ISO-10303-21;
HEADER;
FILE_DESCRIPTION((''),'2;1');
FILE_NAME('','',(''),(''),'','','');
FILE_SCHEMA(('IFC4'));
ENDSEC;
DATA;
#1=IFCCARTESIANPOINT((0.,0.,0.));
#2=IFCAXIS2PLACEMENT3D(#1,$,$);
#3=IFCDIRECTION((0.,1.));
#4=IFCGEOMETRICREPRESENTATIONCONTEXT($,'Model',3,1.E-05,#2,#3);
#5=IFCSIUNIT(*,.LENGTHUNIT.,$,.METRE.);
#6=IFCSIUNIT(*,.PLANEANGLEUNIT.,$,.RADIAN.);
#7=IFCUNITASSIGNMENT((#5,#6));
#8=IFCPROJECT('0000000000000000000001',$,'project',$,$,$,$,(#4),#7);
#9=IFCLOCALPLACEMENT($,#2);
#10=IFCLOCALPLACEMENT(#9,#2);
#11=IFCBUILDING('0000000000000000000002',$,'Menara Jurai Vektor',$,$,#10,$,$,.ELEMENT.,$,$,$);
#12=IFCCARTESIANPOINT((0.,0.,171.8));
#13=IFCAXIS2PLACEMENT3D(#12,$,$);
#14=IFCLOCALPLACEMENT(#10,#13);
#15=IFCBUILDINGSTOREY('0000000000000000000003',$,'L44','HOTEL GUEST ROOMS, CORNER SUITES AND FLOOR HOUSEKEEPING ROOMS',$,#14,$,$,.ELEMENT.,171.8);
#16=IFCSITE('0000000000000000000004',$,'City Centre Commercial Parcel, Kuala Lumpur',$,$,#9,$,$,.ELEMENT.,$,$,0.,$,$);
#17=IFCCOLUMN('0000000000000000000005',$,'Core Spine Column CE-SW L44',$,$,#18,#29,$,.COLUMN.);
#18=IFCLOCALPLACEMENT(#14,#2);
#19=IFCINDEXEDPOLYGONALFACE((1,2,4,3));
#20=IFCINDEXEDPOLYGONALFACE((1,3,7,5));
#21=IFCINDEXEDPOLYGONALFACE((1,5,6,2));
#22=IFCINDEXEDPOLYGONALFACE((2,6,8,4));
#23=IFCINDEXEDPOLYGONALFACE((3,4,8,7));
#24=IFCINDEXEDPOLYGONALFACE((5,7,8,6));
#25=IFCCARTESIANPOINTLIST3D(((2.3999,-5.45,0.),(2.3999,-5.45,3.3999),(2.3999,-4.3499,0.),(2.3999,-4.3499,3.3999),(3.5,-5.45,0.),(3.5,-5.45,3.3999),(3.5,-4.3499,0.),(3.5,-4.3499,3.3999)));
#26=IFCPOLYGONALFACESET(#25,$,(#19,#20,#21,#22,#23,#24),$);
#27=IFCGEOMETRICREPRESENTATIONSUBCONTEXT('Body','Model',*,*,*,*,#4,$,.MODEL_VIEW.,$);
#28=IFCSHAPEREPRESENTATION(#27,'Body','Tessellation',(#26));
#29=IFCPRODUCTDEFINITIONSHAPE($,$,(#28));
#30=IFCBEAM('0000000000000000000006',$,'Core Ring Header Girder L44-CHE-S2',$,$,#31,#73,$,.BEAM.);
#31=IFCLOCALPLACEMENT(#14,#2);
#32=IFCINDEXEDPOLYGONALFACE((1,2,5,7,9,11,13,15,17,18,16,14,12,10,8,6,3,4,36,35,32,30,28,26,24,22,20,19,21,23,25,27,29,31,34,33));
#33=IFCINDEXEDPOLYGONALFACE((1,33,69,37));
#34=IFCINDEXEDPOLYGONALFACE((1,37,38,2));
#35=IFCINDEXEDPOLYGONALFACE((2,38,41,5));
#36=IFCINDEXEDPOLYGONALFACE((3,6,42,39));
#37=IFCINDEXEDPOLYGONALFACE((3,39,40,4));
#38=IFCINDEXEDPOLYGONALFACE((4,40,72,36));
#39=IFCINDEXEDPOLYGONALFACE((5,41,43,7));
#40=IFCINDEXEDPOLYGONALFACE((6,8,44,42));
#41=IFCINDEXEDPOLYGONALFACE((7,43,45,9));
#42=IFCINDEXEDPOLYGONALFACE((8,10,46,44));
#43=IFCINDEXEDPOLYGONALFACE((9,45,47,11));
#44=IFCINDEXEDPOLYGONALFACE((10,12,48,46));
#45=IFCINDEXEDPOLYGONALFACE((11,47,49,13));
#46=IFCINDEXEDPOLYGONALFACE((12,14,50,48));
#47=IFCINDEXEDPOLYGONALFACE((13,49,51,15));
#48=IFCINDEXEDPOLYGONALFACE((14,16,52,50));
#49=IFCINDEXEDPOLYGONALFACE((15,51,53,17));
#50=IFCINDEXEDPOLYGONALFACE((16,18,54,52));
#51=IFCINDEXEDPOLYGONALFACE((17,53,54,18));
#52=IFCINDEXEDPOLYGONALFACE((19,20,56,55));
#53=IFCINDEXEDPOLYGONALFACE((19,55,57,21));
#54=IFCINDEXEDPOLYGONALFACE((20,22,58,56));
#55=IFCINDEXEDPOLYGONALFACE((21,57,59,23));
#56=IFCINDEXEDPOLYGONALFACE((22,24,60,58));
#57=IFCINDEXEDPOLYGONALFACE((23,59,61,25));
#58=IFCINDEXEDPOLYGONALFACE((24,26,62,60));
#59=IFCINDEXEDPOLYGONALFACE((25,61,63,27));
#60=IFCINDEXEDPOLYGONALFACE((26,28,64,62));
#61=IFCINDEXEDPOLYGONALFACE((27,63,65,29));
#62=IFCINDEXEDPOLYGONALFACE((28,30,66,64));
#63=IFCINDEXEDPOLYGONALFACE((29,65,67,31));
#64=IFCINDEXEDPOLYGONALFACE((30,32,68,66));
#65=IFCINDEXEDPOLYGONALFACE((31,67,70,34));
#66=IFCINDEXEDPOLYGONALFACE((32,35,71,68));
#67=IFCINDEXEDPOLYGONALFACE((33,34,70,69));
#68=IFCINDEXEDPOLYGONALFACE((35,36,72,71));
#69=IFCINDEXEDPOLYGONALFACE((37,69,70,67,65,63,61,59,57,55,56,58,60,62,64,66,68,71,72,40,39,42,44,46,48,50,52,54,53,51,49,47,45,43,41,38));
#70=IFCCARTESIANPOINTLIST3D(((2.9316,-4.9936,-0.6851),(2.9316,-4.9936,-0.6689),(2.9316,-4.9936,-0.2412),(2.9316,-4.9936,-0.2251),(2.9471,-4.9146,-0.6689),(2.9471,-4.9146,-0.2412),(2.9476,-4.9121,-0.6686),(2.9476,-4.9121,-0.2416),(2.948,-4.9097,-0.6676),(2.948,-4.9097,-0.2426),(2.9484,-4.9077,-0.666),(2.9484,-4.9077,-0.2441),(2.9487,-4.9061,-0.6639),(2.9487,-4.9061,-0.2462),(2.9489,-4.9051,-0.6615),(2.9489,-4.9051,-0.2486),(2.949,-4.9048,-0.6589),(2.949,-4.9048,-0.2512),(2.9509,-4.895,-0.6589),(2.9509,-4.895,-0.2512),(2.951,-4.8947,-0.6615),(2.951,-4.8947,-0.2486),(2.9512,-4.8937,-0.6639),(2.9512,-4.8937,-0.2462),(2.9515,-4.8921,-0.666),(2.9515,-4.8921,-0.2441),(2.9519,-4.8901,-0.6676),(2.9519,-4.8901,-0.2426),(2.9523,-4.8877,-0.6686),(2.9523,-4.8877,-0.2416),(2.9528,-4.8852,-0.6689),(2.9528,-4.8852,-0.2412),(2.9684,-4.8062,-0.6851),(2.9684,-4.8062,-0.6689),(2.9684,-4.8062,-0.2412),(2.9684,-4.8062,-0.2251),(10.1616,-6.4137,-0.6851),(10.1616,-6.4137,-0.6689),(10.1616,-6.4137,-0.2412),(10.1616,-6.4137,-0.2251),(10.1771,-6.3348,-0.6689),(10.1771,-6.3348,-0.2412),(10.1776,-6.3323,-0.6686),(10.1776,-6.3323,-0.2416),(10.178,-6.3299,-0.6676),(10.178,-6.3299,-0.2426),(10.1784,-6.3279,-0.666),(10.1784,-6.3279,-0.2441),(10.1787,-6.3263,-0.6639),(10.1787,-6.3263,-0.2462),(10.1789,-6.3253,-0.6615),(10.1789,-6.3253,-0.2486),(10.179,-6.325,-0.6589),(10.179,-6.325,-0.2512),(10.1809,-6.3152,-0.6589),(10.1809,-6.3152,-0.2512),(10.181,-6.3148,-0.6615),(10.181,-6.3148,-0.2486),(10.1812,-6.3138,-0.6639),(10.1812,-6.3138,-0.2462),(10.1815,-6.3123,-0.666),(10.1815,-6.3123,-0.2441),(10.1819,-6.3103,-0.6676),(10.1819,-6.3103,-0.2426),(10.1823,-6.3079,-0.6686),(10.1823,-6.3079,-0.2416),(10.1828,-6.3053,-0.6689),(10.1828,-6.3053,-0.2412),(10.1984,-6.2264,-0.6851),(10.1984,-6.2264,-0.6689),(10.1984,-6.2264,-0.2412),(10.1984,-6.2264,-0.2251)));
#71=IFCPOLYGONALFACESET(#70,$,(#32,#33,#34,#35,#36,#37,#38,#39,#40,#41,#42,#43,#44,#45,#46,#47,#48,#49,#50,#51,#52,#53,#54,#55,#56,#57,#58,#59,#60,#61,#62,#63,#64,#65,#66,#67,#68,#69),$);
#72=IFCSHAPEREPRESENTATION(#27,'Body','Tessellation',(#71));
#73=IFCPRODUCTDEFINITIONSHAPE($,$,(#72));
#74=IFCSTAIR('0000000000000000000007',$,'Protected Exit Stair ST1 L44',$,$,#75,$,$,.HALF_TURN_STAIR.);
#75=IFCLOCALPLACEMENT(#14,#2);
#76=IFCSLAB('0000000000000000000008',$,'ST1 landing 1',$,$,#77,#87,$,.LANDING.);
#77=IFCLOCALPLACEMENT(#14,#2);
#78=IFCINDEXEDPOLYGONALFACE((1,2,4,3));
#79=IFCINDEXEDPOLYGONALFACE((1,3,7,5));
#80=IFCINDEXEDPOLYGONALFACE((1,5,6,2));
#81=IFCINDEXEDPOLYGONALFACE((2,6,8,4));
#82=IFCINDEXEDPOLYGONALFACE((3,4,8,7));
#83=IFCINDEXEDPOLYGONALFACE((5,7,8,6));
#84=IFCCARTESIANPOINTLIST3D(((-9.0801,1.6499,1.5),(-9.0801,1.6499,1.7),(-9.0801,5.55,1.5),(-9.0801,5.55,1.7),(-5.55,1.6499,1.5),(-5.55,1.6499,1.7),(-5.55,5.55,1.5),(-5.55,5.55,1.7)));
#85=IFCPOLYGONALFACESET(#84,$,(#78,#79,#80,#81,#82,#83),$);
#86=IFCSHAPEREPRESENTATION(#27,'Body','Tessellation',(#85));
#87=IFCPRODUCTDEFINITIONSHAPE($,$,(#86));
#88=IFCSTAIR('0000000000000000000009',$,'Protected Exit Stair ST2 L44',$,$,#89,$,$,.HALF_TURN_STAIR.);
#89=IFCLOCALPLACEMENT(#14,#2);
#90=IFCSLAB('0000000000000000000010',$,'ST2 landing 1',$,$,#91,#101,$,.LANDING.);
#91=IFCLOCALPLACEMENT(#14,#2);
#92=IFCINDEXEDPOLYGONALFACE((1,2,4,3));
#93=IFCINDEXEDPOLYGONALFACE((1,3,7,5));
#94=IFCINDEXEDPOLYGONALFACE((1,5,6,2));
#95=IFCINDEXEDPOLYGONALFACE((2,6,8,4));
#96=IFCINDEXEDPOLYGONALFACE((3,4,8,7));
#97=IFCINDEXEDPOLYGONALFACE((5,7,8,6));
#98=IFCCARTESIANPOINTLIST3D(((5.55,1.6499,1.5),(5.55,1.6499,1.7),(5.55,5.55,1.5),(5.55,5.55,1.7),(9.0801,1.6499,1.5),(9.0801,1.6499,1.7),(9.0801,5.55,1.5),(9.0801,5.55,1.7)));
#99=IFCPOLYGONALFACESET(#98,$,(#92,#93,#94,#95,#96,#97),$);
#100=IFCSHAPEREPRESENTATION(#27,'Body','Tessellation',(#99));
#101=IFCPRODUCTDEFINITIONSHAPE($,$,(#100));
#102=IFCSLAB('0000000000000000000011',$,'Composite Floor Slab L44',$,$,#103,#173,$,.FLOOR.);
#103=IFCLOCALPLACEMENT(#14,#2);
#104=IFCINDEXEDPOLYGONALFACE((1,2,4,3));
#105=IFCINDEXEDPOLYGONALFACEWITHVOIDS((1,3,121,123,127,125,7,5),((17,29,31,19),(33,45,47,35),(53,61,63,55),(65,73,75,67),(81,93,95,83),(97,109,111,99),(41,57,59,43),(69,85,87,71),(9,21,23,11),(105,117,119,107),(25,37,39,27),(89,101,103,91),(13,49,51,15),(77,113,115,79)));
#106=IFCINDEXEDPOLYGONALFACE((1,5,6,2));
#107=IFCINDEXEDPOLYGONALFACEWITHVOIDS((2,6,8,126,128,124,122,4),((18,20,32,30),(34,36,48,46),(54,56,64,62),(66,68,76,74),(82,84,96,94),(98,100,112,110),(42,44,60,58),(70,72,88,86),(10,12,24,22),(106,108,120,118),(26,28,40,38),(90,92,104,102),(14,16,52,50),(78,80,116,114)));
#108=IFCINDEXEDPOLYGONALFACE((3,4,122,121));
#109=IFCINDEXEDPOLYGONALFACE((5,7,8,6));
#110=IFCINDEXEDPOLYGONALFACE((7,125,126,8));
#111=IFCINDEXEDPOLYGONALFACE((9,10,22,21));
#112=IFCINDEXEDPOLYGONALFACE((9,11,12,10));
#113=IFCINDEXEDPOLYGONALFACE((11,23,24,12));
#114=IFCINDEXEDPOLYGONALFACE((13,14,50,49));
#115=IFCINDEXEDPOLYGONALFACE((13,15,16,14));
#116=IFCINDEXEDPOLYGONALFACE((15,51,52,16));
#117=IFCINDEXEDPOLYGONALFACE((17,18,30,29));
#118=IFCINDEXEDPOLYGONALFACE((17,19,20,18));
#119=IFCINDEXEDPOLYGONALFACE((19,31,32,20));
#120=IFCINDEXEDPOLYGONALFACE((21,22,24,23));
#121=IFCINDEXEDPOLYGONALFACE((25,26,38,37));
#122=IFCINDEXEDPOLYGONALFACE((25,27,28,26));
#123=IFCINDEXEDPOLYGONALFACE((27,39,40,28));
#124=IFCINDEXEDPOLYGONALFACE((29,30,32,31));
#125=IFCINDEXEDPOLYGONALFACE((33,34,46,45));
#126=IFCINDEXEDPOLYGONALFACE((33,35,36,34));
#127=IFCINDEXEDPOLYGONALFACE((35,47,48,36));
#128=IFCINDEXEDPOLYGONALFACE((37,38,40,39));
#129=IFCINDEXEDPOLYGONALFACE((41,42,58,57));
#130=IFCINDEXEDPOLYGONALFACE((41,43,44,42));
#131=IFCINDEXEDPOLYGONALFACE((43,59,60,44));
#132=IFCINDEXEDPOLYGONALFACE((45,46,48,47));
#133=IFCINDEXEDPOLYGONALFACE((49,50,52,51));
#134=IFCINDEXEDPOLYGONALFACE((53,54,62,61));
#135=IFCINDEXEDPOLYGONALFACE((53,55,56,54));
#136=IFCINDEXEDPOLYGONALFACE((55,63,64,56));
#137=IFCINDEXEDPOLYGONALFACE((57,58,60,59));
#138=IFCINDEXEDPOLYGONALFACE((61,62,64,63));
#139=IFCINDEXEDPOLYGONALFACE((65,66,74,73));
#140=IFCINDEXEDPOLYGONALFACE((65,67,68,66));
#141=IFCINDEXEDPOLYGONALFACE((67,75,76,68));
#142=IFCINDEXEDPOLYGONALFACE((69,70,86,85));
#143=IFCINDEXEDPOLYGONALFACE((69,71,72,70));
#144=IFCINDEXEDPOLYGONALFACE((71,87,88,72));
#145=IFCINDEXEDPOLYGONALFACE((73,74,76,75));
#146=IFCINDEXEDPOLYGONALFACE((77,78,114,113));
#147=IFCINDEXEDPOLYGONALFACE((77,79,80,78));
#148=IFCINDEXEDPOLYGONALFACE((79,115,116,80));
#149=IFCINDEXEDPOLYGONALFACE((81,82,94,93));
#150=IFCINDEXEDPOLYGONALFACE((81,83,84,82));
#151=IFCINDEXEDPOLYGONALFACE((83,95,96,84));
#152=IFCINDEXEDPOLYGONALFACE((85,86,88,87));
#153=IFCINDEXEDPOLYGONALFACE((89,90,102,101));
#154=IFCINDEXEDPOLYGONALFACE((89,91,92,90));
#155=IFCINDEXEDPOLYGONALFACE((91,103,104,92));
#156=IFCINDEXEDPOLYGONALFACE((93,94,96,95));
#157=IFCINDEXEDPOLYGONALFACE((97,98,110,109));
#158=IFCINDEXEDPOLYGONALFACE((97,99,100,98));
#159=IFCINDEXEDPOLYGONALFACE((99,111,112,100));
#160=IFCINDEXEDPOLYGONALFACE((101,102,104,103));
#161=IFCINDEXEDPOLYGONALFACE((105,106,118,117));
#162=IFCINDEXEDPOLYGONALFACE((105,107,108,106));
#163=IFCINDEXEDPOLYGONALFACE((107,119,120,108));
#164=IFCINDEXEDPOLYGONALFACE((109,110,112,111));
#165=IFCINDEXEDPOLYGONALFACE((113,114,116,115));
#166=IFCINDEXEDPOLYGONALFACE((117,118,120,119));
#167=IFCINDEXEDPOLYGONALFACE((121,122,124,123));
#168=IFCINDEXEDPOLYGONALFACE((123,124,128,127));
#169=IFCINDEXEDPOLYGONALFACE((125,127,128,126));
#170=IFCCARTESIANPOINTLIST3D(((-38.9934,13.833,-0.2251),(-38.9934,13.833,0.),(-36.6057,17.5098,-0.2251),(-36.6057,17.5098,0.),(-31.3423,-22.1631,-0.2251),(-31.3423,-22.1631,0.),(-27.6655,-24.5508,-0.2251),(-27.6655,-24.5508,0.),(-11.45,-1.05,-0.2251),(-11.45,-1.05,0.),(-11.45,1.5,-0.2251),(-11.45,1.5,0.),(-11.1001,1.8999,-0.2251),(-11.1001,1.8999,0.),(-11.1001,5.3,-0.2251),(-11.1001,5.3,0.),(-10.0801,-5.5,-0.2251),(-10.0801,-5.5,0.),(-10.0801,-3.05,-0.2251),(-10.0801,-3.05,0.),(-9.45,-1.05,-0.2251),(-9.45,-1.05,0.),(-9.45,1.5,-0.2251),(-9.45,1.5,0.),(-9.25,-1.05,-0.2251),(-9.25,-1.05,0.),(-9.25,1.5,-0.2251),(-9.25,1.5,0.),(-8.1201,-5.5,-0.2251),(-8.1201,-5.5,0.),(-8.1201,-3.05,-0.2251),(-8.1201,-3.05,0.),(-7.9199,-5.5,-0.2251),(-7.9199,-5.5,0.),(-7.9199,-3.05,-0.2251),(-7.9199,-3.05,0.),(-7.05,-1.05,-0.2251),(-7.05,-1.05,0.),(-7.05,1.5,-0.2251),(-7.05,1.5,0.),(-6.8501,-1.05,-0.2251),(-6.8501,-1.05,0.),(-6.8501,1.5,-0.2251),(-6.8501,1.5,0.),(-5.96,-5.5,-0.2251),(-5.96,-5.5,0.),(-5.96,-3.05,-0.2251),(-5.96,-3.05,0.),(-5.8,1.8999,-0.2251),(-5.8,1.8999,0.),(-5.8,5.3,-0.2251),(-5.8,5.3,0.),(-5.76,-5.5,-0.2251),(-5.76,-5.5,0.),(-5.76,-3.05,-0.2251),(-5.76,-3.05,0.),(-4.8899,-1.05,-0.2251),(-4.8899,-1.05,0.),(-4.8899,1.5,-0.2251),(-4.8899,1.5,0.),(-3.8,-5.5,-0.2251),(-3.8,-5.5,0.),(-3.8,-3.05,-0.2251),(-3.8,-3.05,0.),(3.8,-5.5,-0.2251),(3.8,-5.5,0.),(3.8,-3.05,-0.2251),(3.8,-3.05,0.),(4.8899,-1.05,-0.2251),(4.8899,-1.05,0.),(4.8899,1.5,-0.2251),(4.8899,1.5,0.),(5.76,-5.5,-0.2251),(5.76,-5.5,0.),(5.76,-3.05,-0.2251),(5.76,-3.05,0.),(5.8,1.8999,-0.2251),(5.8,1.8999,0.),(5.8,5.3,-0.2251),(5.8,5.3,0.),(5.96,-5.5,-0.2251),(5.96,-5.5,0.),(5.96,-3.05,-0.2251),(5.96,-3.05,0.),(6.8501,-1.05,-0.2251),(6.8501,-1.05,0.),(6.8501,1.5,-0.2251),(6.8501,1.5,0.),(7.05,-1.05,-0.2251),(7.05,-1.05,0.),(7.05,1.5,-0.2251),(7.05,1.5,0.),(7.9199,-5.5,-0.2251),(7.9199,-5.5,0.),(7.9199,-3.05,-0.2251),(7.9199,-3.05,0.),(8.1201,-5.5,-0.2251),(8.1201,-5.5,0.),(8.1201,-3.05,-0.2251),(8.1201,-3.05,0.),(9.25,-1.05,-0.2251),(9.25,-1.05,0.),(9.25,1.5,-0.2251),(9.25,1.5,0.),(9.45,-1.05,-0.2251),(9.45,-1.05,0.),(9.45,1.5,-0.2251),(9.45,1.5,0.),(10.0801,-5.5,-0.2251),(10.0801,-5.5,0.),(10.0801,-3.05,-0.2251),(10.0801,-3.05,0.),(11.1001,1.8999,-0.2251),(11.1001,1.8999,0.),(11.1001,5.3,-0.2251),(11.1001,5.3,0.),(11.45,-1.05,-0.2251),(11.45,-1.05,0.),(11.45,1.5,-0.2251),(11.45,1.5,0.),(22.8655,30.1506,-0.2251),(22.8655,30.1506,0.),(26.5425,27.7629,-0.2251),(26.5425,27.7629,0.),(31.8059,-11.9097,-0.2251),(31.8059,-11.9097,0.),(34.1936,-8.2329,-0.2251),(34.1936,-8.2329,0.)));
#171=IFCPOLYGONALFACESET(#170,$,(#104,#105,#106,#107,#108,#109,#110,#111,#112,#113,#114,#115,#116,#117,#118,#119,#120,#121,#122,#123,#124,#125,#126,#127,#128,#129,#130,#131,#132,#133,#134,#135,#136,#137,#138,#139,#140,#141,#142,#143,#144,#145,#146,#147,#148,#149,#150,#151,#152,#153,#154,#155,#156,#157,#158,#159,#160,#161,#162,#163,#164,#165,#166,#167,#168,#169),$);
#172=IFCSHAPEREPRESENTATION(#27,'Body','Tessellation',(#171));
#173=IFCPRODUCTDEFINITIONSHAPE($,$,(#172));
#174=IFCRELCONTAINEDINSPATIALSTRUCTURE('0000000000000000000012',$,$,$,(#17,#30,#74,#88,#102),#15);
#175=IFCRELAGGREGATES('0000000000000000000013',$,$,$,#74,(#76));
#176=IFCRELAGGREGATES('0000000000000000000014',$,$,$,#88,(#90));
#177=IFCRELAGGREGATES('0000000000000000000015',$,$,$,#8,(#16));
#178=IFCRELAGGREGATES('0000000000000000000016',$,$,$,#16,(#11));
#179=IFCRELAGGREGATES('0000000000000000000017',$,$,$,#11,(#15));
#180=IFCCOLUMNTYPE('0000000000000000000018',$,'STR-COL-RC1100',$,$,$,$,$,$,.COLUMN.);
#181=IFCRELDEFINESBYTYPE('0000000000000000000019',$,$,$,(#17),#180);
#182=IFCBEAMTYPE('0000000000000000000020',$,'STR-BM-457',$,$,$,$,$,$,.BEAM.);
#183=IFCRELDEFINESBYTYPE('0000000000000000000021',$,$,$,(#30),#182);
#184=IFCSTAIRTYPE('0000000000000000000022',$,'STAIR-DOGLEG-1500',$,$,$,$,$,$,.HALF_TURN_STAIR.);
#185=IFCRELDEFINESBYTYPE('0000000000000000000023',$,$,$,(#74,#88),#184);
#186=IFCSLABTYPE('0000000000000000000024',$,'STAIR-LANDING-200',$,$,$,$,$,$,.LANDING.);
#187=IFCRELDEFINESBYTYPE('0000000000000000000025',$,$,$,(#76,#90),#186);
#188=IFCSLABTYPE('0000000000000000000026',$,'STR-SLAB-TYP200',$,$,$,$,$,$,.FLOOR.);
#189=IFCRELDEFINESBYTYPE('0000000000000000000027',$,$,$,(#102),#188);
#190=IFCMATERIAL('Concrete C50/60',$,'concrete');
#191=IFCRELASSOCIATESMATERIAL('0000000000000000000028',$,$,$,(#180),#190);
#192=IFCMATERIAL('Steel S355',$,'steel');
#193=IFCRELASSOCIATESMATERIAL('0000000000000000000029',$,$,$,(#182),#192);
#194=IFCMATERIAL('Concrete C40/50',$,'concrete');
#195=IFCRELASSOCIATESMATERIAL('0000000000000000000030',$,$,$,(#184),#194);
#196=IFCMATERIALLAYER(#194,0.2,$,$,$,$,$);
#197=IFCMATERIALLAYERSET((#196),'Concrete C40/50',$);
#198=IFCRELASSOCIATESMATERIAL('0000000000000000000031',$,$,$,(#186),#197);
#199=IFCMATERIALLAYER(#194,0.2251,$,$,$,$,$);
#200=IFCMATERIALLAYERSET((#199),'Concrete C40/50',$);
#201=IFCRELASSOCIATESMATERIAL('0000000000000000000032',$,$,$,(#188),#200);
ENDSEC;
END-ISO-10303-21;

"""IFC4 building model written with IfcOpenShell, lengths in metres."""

from ifc_helpers import new_model, si_unit, direction, frame, origin, origin_2d, place, context, subcontext, project, spatial, polyline, rectangle, i_section, outline, extrude, material, layer, layer_set, material_profile, profile_set, type_object, element, aggregate, save


model = new_model("IFC4")

# Units and contexts
model_context = context("Model", 3, precision=1e-05, world=origin(), true_north=direction((0.0, 1.0)))
body_context = subcontext(model_context, "Body", "Model", "MODEL_VIEW")
ifc_project = project(units=[si_unit("LENGTHUNIT", "METRE"), si_unit("PLANEANGLEUNIT", "RADIAN")], contexts=[model_context])

# Site, building, storey
site_placement = place(None, origin())
site = spatial("IfcSite", under=ifc_project, at=site_placement, Name="City Centre Commercial Parcel, Kuala Lumpur", CompositionType="ELEMENT", RefElevation=0.0)
building_placement = place(site_placement, origin())
building = spatial("IfcBuilding", under=site, at=building_placement, Name="Menara Jurai Vektor", CompositionType="ELEMENT")
storey_placement = place(building_placement, frame((0.0, 0.0, 171.8)))
storey = spatial("IfcBuildingStorey", under=building, at=storey_placement, Name="L44", Description="HOTEL GUEST ROOMS, CORNER SUITES AND FLOOR HOUSEKEEPING ROOMS", CompositionType="ELEMENT", Elevation=171.8)

# Column
ifc_material_1 = material(Name="Concrete C50/60", Category="concrete")
ifc_material_profile_1 = material_profile(ifc_material_1, rectangle(XDim=1.1001, YDim=1.1001, at=origin_2d()), Name="RC 1100x1100")
ifc_profile_set_1 = profile_set([ifc_material_profile_1], Name="Concrete C50/60")
column_type = type_object("IfcColumnType", Name="STR-COL-RC1100", PredefinedType="COLUMN", material=ifc_profile_set_1)
column_placement = place(storey_placement, frame((2.95, -4.8999, 0.0), z_axis=(0.0, 0.0, 1.0), x_axis=(1.0, 0.0, 0.0)))
element("IfcColumn", 1, at=column_placement, inside=storey, type_object=column_type, Name="Core Spine Column CE-SW L44", PredefinedType="COLUMN", context=body_context, shape_type="SweptSolid", body=[
    extrude(rectangle(XDim=1.1001, YDim=1.1001, at=origin_2d()), origin(), (0.0, 0.0, 1.0), 3.3999),
])

# Beam
ifc_material_2 = material(Name="Steel S355", Category="steel")
ifc_material_profile_2 = material_profile(ifc_material_2, i_section(OverallWidth=0.1909, OverallDepth=0.46, WebThickness=0.01, FlangeThickness=0.0161, FilletRadius=0.01, at=origin_2d()), Name="UKB 457x191x82")
ifc_profile_set_2 = profile_set([ifc_material_profile_2], Name="Steel S355")
beam_type = type_object("IfcBeamType", Name="STR-BM-457", PredefinedType="BEAM", material=ifc_profile_set_2)
beam_placement = place(storey_placement, frame((2.95, -4.8999, -0.4551), z_axis=(0.981249, -0.192744, 0.0), x_axis=(0.192744, 0.981249, 0.0)))
element("IfcBeam", 2, at=beam_placement, inside=storey, type_object=beam_type, Name="Core Ring Header Girder L44-CHE-S2", PredefinedType="BEAM", context=body_context, shape_type="SweptSolid", body=[
    extrude(i_section(OverallWidth=0.1909, OverallDepth=0.46, WebThickness=0.01, FlangeThickness=0.0161, FilletRadius=0.01, at=origin_2d()), origin(), (0.0, 0.0, 1.0), 7.3682),
])

# Stairs, slabs
ifc_material_3 = material(Name="Concrete C40/50", Category="concrete")
stair_type = type_object("IfcStairType", Name="STAIR-DOGLEG-1500", PredefinedType="HALF_TURN_STAIR", material=ifc_material_3)
stair_1_placement = place(storey_placement, origin())
stair_1 = element("IfcStair", 3, at=stair_1_placement, inside=storey, type_object=stair_type, Name="Protected Exit Stair ST1 L44", PredefinedType="HALF_TURN_STAIR")
ifc_layer_1 = layer(ifc_material_3, 0.2)
ifc_layer_set_1 = layer_set([ifc_layer_1], Name="Concrete C40/50")
slab_type_1 = type_object("IfcSlabType", Name="STAIR-LANDING-200", PredefinedType="LANDING", material=ifc_layer_set_1)
slab_1_placement = place(storey_placement, frame((0.0, 0.0, 1.5)))
slab_1 = element("IfcSlab", 4, at=slab_1_placement, type_object=slab_type_1, Name="ST1 landing 1", PredefinedType="LANDING", context=body_context, shape_type="SweptSolid", body=[
    extrude(outline(polyline([(-9.0801, 1.6499), (-5.55, 1.6499), (-5.55, 5.55), (-9.0801, 5.55), (-9.0801, 1.6499)])), origin(), (0.0, 0.0, 1.0), 0.2),
])
aggregate(stair_1, [slab_1])
stair_2_placement = place(storey_placement, origin())
stair_2 = element("IfcStair", 5, at=stair_2_placement, inside=storey, type_object=stair_type, Name="Protected Exit Stair ST2 L44", PredefinedType="HALF_TURN_STAIR")
slab_2_placement = place(storey_placement, frame((0.0, 0.0, 1.5)))
slab_2 = element("IfcSlab", 6, at=slab_2_placement, type_object=slab_type_1, Name="ST2 landing 1", PredefinedType="LANDING", context=body_context, shape_type="SweptSolid", body=[
    extrude(outline(polyline([(5.55, 1.6499), (9.0801, 1.6499), (9.0801, 5.55), (5.55, 5.55), (5.55, 1.6499)])), origin(), (0.0, 0.0, 1.0), 0.2),
])
aggregate(stair_2, [slab_2])

# Slab
ifc_layer_2 = layer(ifc_material_3, 0.2251)
ifc_layer_set_2 = layer_set([ifc_layer_2], Name="Concrete C40/50")
slab_type_2 = type_object("IfcSlabType", Name="STR-SLAB-TYP200", PredefinedType="FLOOR", material=ifc_layer_set_2)
slab_3_placement = place(storey_placement, frame((0.0, 0.0, -0.2251)))
element("IfcSlab", 7, at=slab_3_placement, inside=storey, type_object=slab_type_2, Name="Composite Floor Slab L44", PredefinedType="FLOOR", context=body_context, shape_type="SweptSolid", body=[
    extrude(outline(polyline([(-27.6655, -24.5508), (31.8059, -11.9097), (34.1936, -8.2329), (26.5425, 27.7629), (22.8655, 30.1506), (-36.6057, 17.5098), (-38.9934, 13.833), (-31.3423, -22.1631), (-27.6655, -24.5508)]), holes=[polyline([(-11.1001, 1.8999), (-11.1001, 5.3), (-5.8, 5.3), (-5.8, 1.8999), (-11.1001, 1.8999)]), polyline([(5.8, 1.8999), (5.8, 5.3), (11.1001, 5.3), (11.1001, 1.8999), (5.8, 1.8999)]), polyline([(-11.45, -1.05), (-11.45, 1.5), (-9.45, 1.5), (-9.45, -1.05), (-11.45, -1.05)]), polyline([(9.45, -1.05), (9.45, 1.5), (11.45, 1.5), (11.45, -1.05), (9.45, -1.05)]), polyline([(-5.76, -5.5), (-5.76, -3.05), (-3.8, -3.05), (-3.8, -5.5), (-5.76, -5.5)]), polyline([(-6.8501, -1.05), (-6.8501, 1.5), (-4.8899, 1.5), (-4.8899, -1.05), (-6.8501, -1.05)]), polyline([(3.8, -5.5), (3.8, -3.05), (5.76, -3.05), (5.76, -5.5), (3.8, -5.5)]), polyline([(4.8899, -1.05), (4.8899, 1.5), (6.8501, 1.5), (6.8501, -1.05), (4.8899, -1.05)]), polyline([(-10.0801, -5.5), (-10.0801, -3.05), (-8.1201, -3.05), (-8.1201, -5.5), (-10.0801, -5.5)]), polyline([(-7.9199, -5.5), (-7.9199, -3.05), (-5.96, -3.05), (-5.96, -5.5), (-7.9199, -5.5)]), polyline([(5.96, -5.5), (5.96, -3.05), (7.9199, -3.05), (7.9199, -5.5), (5.96, -5.5)]), polyline([(8.1201, -5.5), (8.1201, -3.05), (10.0801, -3.05), (10.0801, -5.5), (8.1201, -5.5)]), polyline([(-9.25, -1.05), (-9.25, 1.5), (-7.05, 1.5), (-7.05, -1.05), (-9.25, -1.05)]), polyline([(7.05, -1.05), (7.05, 1.5), (9.25, 1.5), (9.25, -1.05), (7.05, -1.05)])]), origin(), (0.0, 0.0, 1.0), 0.2251),
])

save(model, "model.ifc")
